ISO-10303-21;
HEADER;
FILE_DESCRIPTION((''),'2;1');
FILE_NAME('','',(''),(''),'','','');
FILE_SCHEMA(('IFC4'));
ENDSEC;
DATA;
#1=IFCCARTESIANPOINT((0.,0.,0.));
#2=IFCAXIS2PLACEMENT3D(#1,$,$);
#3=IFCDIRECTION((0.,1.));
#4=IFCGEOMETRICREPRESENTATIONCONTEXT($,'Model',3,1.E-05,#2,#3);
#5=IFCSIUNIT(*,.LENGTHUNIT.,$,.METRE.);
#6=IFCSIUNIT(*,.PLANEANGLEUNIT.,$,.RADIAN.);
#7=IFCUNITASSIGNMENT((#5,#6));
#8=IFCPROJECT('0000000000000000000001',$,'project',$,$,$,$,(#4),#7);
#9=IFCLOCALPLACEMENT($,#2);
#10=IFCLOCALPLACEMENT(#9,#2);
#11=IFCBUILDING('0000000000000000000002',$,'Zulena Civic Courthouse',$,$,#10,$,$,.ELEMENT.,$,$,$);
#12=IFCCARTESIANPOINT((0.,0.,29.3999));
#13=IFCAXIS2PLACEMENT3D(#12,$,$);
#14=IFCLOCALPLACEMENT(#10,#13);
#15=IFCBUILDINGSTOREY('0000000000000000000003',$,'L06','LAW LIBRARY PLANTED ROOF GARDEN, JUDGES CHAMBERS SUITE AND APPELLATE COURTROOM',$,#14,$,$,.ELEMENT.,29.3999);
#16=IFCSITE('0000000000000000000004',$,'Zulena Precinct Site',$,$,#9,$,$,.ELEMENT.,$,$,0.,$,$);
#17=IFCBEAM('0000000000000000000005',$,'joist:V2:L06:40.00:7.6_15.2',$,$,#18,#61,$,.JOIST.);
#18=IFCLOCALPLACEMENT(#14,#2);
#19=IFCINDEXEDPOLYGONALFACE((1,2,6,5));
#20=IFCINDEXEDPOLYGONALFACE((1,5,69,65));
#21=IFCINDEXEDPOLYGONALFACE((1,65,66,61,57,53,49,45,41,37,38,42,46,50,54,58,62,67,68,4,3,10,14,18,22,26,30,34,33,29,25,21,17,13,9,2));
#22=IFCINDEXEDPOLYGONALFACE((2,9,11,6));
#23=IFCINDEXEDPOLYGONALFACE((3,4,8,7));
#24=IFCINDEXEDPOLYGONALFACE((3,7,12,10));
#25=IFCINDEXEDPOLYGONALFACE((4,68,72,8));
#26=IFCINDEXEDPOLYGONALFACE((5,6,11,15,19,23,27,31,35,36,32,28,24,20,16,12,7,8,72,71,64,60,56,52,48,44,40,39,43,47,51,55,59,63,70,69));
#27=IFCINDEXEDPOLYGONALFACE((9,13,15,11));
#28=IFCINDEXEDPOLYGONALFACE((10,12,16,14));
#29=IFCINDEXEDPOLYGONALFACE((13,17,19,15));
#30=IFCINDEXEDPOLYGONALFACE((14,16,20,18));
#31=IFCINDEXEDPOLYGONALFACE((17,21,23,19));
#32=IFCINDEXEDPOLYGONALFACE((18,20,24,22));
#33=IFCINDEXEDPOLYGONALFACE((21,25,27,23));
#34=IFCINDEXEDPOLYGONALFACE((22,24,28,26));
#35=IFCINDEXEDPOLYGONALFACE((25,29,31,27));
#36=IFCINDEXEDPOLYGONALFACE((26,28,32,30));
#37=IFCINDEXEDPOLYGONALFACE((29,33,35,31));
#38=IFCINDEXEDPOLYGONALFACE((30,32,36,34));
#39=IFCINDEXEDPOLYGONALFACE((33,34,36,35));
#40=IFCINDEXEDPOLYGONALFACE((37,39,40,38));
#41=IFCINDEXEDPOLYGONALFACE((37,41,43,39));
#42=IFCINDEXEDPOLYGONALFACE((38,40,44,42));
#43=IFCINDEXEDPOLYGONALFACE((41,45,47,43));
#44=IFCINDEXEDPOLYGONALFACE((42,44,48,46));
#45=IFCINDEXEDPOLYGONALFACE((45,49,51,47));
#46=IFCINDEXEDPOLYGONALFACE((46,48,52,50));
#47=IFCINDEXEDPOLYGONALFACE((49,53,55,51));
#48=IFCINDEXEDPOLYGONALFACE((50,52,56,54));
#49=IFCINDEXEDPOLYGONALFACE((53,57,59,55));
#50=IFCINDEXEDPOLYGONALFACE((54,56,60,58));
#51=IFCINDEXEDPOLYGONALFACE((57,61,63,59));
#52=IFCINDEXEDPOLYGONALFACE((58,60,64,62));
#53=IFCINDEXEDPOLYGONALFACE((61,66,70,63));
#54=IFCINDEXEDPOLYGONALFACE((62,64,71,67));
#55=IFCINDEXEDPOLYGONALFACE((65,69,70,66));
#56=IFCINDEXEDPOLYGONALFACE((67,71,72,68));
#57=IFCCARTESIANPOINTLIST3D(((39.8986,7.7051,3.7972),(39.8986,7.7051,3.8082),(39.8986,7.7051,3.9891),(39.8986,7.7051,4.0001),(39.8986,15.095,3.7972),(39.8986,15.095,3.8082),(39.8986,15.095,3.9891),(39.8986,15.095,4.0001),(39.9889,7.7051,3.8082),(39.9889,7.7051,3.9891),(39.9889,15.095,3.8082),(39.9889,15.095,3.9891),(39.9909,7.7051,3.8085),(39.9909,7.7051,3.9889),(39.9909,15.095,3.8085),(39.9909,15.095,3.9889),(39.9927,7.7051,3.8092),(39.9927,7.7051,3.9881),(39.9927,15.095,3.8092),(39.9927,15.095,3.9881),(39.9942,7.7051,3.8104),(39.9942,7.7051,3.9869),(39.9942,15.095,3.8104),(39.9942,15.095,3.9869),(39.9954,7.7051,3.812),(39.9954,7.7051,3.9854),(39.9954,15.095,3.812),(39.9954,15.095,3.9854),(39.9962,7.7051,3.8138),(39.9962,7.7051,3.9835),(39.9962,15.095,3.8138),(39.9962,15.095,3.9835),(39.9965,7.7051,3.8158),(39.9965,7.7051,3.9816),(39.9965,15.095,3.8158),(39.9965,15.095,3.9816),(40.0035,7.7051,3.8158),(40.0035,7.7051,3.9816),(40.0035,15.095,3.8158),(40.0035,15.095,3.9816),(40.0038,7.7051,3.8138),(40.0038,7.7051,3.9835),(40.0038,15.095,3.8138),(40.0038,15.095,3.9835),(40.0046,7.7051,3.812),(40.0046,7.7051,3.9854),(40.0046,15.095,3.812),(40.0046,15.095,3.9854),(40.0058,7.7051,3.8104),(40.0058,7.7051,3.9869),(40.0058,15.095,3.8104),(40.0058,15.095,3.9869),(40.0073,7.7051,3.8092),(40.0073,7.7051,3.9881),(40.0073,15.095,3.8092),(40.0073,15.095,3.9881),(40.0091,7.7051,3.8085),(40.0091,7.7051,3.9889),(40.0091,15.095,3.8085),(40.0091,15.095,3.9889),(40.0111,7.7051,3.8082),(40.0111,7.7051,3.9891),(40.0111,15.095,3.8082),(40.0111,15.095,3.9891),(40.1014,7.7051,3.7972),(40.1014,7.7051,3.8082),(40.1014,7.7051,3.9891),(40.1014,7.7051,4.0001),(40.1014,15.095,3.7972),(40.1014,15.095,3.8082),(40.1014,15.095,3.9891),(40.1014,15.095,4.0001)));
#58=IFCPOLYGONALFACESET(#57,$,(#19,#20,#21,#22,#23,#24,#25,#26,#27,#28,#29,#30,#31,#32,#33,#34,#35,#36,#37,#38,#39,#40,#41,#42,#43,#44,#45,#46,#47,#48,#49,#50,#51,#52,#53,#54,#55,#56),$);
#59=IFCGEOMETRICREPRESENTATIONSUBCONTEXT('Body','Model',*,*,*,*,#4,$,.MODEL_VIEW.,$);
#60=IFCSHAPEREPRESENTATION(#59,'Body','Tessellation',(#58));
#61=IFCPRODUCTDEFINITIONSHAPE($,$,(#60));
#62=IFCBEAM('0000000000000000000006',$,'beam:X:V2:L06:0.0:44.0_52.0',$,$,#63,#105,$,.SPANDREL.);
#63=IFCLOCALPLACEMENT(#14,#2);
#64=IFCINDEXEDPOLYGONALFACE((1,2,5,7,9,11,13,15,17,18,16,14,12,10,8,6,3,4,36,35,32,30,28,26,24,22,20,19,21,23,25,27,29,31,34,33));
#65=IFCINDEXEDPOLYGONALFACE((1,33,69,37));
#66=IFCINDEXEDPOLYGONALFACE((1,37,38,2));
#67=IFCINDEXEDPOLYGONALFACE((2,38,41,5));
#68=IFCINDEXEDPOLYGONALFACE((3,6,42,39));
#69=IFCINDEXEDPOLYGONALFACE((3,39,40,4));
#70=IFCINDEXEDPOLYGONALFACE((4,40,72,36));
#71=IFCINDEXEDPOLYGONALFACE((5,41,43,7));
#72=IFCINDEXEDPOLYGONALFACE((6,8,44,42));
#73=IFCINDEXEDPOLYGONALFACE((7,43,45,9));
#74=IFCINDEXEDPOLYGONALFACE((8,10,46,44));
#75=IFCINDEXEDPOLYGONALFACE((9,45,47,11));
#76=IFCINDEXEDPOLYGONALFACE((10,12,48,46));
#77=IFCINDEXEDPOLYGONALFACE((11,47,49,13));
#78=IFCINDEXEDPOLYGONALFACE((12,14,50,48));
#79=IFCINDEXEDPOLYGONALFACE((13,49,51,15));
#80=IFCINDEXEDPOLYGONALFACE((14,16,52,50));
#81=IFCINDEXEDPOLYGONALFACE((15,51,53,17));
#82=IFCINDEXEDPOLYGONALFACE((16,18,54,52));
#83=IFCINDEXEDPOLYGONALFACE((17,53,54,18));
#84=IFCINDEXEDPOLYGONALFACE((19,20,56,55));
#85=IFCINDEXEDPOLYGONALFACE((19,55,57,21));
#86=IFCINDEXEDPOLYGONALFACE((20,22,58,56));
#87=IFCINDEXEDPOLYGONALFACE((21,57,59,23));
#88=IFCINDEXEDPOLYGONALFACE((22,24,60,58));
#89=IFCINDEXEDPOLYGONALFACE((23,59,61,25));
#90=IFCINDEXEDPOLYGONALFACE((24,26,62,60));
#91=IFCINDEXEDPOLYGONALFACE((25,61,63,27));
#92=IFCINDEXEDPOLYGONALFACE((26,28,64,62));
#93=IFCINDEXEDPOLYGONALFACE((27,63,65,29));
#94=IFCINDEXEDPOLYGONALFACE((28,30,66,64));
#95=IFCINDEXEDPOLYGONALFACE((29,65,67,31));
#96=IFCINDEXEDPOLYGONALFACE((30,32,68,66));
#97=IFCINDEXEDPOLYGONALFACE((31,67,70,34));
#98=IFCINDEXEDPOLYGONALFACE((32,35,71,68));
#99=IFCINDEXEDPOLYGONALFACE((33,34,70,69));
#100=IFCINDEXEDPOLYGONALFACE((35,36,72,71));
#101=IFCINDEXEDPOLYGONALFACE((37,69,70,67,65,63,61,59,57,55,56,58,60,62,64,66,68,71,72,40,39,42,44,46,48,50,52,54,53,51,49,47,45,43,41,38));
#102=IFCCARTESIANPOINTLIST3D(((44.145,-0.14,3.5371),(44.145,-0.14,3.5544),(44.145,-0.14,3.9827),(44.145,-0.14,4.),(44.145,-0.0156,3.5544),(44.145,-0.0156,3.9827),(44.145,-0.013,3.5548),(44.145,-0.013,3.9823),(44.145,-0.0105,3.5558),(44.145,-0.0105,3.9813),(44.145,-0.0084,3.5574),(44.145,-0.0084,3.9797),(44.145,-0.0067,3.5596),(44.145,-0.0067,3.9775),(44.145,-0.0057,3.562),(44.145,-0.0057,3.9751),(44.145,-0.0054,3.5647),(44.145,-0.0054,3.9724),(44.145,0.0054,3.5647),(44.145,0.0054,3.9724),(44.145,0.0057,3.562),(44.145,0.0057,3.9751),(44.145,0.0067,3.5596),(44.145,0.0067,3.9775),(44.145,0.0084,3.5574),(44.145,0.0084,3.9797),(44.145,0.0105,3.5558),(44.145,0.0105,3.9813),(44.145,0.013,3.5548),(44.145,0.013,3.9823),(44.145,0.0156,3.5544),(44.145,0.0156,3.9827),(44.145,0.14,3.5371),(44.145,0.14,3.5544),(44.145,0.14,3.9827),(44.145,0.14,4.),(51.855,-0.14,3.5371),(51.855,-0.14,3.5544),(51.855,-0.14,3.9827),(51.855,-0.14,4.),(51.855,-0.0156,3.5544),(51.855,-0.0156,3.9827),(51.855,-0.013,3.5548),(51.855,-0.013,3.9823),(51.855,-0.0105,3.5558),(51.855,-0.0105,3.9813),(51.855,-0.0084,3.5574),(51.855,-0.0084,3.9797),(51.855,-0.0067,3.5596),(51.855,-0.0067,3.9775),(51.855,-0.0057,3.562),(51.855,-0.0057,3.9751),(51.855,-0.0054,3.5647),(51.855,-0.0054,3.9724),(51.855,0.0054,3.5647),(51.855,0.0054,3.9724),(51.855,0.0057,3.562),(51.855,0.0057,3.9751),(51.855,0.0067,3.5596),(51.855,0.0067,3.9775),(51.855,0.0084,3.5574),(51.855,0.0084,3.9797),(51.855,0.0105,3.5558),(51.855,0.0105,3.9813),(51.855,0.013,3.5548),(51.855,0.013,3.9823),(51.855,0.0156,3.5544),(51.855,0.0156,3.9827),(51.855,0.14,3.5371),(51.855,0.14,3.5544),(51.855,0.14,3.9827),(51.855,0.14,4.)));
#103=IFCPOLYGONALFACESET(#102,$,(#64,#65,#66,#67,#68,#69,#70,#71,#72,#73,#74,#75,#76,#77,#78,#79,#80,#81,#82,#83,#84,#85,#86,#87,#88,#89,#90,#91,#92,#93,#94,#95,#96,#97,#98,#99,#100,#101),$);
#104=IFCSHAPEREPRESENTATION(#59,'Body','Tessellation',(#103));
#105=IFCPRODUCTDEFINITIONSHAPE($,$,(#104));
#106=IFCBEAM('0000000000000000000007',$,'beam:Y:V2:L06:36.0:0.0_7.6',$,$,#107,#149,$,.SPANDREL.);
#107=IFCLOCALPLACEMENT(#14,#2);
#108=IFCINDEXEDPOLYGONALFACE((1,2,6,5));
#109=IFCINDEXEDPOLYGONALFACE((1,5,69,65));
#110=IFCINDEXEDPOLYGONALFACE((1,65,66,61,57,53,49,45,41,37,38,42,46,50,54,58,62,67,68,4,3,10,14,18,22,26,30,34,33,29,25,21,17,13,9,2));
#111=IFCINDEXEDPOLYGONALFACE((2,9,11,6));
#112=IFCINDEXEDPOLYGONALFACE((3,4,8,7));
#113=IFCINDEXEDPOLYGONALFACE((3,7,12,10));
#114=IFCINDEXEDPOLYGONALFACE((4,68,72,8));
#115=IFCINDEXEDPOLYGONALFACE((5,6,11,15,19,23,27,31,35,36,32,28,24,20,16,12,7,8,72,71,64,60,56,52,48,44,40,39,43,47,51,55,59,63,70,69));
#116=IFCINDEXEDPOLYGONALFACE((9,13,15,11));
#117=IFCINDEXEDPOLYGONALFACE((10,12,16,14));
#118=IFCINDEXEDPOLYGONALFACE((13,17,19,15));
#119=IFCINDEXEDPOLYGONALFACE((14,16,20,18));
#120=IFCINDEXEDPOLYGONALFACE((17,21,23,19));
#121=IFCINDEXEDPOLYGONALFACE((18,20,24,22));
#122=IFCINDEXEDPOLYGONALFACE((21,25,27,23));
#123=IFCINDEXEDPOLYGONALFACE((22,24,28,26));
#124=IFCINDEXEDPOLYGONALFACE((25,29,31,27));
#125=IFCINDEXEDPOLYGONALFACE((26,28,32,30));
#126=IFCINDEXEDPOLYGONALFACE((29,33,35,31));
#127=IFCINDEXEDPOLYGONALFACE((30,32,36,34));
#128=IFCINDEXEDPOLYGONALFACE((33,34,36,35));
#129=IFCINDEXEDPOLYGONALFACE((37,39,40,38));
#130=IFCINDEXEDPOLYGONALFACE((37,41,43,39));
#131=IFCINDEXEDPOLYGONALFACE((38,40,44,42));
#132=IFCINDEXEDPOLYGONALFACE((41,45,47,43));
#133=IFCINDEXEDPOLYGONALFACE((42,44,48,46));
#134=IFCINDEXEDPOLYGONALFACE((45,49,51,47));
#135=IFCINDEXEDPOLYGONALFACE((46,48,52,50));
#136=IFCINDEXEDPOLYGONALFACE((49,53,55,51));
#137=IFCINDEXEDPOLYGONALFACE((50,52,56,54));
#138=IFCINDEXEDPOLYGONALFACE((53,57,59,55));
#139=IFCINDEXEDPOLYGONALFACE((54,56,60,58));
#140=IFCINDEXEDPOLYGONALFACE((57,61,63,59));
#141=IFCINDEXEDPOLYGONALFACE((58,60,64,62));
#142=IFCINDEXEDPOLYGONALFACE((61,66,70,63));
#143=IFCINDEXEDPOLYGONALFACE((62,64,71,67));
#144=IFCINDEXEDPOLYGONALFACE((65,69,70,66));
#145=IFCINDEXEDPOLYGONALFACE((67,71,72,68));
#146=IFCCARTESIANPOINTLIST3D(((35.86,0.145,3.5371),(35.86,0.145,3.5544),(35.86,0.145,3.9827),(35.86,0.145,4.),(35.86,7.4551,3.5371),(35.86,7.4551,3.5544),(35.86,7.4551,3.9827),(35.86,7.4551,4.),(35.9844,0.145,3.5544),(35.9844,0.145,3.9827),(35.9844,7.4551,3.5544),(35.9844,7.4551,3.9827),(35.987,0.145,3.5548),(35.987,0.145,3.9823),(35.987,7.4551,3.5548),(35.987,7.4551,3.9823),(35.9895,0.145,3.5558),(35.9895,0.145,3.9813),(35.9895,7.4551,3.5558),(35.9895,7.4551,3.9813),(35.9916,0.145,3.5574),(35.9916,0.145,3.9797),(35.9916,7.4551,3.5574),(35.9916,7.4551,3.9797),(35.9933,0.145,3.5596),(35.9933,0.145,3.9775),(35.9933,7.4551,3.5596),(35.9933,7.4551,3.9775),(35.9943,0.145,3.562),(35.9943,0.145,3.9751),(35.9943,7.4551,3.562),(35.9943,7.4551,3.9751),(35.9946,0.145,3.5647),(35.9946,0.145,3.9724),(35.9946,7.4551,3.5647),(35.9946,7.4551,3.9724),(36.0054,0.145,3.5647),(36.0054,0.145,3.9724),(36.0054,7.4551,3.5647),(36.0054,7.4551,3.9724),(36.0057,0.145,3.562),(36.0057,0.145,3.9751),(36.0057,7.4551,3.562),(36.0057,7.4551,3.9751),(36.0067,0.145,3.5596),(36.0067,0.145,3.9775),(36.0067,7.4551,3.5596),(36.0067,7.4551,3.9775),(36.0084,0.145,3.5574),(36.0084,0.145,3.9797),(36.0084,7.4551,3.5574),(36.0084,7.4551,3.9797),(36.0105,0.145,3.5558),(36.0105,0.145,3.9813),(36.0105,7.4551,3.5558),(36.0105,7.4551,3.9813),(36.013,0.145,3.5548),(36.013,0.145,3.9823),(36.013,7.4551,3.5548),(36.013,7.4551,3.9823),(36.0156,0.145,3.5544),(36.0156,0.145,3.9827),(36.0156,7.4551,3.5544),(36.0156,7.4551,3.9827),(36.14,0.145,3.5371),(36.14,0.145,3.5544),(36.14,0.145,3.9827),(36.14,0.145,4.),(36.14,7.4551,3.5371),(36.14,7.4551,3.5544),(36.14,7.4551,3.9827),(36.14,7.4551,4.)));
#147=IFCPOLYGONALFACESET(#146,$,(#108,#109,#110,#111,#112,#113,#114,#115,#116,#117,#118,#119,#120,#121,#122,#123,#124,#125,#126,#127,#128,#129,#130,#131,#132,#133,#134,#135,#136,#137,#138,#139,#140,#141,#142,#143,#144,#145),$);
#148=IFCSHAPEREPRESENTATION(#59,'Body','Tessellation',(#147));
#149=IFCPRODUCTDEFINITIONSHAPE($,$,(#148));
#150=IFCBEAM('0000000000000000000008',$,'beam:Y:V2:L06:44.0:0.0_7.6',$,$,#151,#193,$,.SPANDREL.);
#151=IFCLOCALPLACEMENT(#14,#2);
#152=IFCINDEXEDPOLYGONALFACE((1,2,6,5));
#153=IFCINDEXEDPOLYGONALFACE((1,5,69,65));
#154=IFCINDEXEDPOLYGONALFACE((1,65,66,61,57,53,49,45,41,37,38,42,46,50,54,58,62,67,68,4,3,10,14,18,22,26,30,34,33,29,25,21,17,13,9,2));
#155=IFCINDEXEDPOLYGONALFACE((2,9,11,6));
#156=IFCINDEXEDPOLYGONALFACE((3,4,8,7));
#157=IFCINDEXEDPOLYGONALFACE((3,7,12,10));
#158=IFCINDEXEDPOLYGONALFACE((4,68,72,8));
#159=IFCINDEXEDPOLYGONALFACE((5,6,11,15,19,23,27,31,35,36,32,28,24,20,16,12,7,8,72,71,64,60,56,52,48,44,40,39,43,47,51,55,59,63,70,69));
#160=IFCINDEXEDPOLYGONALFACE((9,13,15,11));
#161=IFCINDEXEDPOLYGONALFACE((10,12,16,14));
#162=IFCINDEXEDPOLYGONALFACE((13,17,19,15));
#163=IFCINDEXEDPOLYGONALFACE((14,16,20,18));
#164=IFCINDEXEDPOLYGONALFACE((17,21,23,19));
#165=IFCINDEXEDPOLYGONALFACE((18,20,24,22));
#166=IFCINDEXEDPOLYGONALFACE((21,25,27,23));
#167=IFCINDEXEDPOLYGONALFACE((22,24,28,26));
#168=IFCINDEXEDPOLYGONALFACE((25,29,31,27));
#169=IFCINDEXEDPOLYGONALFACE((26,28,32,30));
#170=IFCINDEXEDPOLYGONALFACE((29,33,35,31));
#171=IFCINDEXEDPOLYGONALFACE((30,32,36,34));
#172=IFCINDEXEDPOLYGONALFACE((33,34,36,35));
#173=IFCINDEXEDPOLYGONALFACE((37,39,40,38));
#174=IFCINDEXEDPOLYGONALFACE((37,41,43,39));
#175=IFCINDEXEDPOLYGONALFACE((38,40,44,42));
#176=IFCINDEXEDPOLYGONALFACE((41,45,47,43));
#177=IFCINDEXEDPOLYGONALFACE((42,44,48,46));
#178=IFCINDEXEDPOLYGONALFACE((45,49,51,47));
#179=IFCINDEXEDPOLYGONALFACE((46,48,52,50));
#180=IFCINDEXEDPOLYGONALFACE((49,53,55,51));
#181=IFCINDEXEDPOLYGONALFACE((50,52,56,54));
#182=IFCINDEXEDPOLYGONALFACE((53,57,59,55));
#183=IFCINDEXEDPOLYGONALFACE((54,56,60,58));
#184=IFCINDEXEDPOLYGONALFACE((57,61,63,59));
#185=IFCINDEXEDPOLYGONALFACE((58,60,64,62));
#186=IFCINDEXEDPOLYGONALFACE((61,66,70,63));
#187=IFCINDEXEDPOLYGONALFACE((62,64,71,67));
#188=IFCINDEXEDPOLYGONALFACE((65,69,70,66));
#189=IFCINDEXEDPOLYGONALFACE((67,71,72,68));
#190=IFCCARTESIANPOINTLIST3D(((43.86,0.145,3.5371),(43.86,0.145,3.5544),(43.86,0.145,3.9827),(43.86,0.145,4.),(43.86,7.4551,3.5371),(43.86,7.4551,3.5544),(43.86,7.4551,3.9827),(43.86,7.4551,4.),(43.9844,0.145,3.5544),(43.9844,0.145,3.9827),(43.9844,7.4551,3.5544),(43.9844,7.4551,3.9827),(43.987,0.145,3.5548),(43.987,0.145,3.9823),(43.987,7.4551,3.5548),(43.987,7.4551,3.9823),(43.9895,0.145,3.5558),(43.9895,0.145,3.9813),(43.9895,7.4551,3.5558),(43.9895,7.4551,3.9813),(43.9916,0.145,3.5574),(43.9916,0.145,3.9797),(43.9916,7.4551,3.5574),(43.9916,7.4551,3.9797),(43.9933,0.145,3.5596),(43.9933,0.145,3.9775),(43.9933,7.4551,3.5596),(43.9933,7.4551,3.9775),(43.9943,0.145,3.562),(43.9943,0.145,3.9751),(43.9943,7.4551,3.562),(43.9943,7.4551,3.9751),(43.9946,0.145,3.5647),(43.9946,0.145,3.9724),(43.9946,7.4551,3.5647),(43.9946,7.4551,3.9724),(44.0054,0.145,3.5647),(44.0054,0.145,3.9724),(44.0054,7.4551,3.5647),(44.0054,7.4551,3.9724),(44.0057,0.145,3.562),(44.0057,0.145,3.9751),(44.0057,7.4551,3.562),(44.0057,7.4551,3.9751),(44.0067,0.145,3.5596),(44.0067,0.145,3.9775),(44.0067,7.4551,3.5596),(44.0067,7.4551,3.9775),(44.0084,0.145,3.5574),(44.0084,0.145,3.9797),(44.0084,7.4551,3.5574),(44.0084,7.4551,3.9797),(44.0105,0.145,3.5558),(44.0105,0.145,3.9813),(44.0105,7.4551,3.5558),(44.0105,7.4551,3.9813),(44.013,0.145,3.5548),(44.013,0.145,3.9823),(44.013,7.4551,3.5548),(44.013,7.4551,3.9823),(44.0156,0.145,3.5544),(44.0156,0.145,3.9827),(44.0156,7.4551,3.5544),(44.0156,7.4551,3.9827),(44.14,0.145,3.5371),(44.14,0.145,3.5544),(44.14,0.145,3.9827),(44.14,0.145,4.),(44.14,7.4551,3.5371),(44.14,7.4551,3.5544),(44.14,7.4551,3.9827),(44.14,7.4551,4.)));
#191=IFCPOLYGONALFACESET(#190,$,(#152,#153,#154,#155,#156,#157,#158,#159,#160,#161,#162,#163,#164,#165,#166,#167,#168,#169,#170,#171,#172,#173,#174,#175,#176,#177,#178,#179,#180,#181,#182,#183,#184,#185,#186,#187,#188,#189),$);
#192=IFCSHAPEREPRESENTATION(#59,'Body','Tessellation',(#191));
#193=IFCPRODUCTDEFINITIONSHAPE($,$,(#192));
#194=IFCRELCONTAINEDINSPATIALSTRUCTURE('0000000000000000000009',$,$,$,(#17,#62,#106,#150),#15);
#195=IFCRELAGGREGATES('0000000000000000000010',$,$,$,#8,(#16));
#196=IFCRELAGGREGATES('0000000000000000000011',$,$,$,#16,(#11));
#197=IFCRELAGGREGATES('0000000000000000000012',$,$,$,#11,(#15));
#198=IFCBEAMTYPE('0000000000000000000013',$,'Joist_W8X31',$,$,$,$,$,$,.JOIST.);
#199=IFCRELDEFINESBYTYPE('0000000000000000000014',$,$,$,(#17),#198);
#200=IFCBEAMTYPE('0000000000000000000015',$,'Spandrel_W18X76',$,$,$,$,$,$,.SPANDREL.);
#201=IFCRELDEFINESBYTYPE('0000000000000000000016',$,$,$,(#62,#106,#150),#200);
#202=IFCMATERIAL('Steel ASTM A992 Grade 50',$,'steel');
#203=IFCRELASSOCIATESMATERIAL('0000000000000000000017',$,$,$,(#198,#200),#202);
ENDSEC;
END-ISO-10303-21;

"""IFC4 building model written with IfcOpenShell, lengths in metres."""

from ifc_helpers import new_model, si_unit, direction, frame, origin, origin_2d, place, context, subcontext, project, spatial, i_section, extrude, material, material_profile, profile_set, type_object, element, save


model = new_model("IFC4")

# Units and contexts
model_context = context("Model", 3, precision=1e-05, world=origin(), true_north=direction((0.0, 1.0)))
body_context = subcontext(model_context, "Body", "Model", "MODEL_VIEW")
ifc_project = project(units=[si_unit("LENGTHUNIT", "METRE"), si_unit("PLANEANGLEUNIT", "RADIAN")], contexts=[model_context])

# Site, building, storey
site_placement = place(None, origin())
site = spatial("IfcSite", under=ifc_project, at=site_placement, Name="Zulena Precinct Site", CompositionType="ELEMENT", RefElevation=0.0)
building_placement = place(site_placement, origin())
building = spatial("IfcBuilding", under=site, at=building_placement, Name="Zulena Civic Courthouse", CompositionType="ELEMENT")
storey_placement = place(building_placement, frame((0.0, 0.0, 29.3999)))
storey = spatial("IfcBuildingStorey", under=building, at=storey_placement, Name="L06", Description="LAW LIBRARY PLANTED ROOF GARDEN, JUDGES CHAMBERS SUITE AND APPELLATE COURTROOM", CompositionType="ELEMENT", Elevation=29.3999)

# Shared definitions
ifc_material_1 = material(Name="Steel ASTM A992 Grade 50", Category="steel")

# Beams
ifc_material_profile_1 = material_profile(ifc_material_1, i_section(OverallWidth=0.2029, OverallDepth=0.2029, WebThickness=0.0071, FlangeThickness=0.011, FilletRadius=0.0076, at=origin_2d()), Name="W8X31")
ifc_profile_set_1 = profile_set([ifc_material_profile_1], Name="Steel ASTM A992 Grade 50")
beam_type_1 = type_object("IfcBeamType", Name="Joist_W8X31", PredefinedType="JOIST", material=ifc_profile_set_1)
beam_1_placement = place(storey_placement, frame((40.0, 7.7051, 3.8987), z_axis=(0.0, 1.0, 0.0), x_axis=(-1.0, 0.0, 0.0)))
element("IfcBeam", 1, at=beam_1_placement, inside=storey, type_object=beam_type_1, Name="joist:V2:L06:40.00:7.6_15.2", PredefinedType="JOIST", context=body_context, shape_type="SweptSolid", body=[
    extrude(i_section(OverallWidth=0.2029, OverallDepth=0.2029, WebThickness=0.0071, FlangeThickness=0.011, FilletRadius=0.0076, at=origin_2d()), origin(), (0.0, 0.0, 1.0), 7.3899),
])
ifc_material_profile_2 = material_profile(ifc_material_1, i_section(OverallWidth=0.28, OverallDepth=0.4629, WebThickness=0.0107, FlangeThickness=0.0173, FilletRadius=0.0103, at=origin_2d()), Name="W18X76")
ifc_profile_set_2 = profile_set([ifc_material_profile_2], Name="Steel ASTM A992 Grade 50")
beam_type_2 = type_object("IfcBeamType", Name="Spandrel_W18X76", PredefinedType="SPANDREL", material=ifc_profile_set_2)
beam_2_placement = place(storey_placement, frame((44.145, 0.0, 3.7686), z_axis=(1.0, 0.0, 0.0), x_axis=(0.0, 1.0, 0.0)))
element("IfcBeam", 2, at=beam_2_placement, inside=storey, type_object=beam_type_2, Name="beam:X:V2:L06:0.0:44.0_52.0", PredefinedType="SPANDREL", context=body_context, shape_type="SweptSolid", body=[
    extrude(i_section(OverallWidth=0.28, OverallDepth=0.4629, WebThickness=0.0107, FlangeThickness=0.0173, FilletRadius=0.0103, at=origin_2d()), origin(), (0.0, 0.0, 1.0), 7.71),
])
for number, where, z_axis, x_axis, name in (
    (3, (36.0, 0.145, 3.7686), (0.0, 1.0, 0.0), (-1.0, 0.0, 0.0), "beam:Y:V2:L06:36.0:0.0_7.6"),
    (4, (44.0, 0.145, 3.7686), (0.0, 1.0, 0.0), (-1.0, 0.0, 0.0), "beam:Y:V2:L06:44.0:0.0_7.6"),
):
    element("IfcBeam", number, at=place(storey_placement, frame(where, z_axis=z_axis, x_axis=x_axis)), inside=storey, type_object=beam_type_2, Name=name, PredefinedType="SPANDREL", context=body_context, shape_type="SweptSolid", body=[
        extrude(i_section(OverallWidth=0.28, OverallDepth=0.4629, WebThickness=0.0107, FlangeThickness=0.0173, FilletRadius=0.0103, at=origin_2d()), origin(), (0.0, 0.0, 1.0), 7.3101),
    ])

save(model, "model.ifc")
